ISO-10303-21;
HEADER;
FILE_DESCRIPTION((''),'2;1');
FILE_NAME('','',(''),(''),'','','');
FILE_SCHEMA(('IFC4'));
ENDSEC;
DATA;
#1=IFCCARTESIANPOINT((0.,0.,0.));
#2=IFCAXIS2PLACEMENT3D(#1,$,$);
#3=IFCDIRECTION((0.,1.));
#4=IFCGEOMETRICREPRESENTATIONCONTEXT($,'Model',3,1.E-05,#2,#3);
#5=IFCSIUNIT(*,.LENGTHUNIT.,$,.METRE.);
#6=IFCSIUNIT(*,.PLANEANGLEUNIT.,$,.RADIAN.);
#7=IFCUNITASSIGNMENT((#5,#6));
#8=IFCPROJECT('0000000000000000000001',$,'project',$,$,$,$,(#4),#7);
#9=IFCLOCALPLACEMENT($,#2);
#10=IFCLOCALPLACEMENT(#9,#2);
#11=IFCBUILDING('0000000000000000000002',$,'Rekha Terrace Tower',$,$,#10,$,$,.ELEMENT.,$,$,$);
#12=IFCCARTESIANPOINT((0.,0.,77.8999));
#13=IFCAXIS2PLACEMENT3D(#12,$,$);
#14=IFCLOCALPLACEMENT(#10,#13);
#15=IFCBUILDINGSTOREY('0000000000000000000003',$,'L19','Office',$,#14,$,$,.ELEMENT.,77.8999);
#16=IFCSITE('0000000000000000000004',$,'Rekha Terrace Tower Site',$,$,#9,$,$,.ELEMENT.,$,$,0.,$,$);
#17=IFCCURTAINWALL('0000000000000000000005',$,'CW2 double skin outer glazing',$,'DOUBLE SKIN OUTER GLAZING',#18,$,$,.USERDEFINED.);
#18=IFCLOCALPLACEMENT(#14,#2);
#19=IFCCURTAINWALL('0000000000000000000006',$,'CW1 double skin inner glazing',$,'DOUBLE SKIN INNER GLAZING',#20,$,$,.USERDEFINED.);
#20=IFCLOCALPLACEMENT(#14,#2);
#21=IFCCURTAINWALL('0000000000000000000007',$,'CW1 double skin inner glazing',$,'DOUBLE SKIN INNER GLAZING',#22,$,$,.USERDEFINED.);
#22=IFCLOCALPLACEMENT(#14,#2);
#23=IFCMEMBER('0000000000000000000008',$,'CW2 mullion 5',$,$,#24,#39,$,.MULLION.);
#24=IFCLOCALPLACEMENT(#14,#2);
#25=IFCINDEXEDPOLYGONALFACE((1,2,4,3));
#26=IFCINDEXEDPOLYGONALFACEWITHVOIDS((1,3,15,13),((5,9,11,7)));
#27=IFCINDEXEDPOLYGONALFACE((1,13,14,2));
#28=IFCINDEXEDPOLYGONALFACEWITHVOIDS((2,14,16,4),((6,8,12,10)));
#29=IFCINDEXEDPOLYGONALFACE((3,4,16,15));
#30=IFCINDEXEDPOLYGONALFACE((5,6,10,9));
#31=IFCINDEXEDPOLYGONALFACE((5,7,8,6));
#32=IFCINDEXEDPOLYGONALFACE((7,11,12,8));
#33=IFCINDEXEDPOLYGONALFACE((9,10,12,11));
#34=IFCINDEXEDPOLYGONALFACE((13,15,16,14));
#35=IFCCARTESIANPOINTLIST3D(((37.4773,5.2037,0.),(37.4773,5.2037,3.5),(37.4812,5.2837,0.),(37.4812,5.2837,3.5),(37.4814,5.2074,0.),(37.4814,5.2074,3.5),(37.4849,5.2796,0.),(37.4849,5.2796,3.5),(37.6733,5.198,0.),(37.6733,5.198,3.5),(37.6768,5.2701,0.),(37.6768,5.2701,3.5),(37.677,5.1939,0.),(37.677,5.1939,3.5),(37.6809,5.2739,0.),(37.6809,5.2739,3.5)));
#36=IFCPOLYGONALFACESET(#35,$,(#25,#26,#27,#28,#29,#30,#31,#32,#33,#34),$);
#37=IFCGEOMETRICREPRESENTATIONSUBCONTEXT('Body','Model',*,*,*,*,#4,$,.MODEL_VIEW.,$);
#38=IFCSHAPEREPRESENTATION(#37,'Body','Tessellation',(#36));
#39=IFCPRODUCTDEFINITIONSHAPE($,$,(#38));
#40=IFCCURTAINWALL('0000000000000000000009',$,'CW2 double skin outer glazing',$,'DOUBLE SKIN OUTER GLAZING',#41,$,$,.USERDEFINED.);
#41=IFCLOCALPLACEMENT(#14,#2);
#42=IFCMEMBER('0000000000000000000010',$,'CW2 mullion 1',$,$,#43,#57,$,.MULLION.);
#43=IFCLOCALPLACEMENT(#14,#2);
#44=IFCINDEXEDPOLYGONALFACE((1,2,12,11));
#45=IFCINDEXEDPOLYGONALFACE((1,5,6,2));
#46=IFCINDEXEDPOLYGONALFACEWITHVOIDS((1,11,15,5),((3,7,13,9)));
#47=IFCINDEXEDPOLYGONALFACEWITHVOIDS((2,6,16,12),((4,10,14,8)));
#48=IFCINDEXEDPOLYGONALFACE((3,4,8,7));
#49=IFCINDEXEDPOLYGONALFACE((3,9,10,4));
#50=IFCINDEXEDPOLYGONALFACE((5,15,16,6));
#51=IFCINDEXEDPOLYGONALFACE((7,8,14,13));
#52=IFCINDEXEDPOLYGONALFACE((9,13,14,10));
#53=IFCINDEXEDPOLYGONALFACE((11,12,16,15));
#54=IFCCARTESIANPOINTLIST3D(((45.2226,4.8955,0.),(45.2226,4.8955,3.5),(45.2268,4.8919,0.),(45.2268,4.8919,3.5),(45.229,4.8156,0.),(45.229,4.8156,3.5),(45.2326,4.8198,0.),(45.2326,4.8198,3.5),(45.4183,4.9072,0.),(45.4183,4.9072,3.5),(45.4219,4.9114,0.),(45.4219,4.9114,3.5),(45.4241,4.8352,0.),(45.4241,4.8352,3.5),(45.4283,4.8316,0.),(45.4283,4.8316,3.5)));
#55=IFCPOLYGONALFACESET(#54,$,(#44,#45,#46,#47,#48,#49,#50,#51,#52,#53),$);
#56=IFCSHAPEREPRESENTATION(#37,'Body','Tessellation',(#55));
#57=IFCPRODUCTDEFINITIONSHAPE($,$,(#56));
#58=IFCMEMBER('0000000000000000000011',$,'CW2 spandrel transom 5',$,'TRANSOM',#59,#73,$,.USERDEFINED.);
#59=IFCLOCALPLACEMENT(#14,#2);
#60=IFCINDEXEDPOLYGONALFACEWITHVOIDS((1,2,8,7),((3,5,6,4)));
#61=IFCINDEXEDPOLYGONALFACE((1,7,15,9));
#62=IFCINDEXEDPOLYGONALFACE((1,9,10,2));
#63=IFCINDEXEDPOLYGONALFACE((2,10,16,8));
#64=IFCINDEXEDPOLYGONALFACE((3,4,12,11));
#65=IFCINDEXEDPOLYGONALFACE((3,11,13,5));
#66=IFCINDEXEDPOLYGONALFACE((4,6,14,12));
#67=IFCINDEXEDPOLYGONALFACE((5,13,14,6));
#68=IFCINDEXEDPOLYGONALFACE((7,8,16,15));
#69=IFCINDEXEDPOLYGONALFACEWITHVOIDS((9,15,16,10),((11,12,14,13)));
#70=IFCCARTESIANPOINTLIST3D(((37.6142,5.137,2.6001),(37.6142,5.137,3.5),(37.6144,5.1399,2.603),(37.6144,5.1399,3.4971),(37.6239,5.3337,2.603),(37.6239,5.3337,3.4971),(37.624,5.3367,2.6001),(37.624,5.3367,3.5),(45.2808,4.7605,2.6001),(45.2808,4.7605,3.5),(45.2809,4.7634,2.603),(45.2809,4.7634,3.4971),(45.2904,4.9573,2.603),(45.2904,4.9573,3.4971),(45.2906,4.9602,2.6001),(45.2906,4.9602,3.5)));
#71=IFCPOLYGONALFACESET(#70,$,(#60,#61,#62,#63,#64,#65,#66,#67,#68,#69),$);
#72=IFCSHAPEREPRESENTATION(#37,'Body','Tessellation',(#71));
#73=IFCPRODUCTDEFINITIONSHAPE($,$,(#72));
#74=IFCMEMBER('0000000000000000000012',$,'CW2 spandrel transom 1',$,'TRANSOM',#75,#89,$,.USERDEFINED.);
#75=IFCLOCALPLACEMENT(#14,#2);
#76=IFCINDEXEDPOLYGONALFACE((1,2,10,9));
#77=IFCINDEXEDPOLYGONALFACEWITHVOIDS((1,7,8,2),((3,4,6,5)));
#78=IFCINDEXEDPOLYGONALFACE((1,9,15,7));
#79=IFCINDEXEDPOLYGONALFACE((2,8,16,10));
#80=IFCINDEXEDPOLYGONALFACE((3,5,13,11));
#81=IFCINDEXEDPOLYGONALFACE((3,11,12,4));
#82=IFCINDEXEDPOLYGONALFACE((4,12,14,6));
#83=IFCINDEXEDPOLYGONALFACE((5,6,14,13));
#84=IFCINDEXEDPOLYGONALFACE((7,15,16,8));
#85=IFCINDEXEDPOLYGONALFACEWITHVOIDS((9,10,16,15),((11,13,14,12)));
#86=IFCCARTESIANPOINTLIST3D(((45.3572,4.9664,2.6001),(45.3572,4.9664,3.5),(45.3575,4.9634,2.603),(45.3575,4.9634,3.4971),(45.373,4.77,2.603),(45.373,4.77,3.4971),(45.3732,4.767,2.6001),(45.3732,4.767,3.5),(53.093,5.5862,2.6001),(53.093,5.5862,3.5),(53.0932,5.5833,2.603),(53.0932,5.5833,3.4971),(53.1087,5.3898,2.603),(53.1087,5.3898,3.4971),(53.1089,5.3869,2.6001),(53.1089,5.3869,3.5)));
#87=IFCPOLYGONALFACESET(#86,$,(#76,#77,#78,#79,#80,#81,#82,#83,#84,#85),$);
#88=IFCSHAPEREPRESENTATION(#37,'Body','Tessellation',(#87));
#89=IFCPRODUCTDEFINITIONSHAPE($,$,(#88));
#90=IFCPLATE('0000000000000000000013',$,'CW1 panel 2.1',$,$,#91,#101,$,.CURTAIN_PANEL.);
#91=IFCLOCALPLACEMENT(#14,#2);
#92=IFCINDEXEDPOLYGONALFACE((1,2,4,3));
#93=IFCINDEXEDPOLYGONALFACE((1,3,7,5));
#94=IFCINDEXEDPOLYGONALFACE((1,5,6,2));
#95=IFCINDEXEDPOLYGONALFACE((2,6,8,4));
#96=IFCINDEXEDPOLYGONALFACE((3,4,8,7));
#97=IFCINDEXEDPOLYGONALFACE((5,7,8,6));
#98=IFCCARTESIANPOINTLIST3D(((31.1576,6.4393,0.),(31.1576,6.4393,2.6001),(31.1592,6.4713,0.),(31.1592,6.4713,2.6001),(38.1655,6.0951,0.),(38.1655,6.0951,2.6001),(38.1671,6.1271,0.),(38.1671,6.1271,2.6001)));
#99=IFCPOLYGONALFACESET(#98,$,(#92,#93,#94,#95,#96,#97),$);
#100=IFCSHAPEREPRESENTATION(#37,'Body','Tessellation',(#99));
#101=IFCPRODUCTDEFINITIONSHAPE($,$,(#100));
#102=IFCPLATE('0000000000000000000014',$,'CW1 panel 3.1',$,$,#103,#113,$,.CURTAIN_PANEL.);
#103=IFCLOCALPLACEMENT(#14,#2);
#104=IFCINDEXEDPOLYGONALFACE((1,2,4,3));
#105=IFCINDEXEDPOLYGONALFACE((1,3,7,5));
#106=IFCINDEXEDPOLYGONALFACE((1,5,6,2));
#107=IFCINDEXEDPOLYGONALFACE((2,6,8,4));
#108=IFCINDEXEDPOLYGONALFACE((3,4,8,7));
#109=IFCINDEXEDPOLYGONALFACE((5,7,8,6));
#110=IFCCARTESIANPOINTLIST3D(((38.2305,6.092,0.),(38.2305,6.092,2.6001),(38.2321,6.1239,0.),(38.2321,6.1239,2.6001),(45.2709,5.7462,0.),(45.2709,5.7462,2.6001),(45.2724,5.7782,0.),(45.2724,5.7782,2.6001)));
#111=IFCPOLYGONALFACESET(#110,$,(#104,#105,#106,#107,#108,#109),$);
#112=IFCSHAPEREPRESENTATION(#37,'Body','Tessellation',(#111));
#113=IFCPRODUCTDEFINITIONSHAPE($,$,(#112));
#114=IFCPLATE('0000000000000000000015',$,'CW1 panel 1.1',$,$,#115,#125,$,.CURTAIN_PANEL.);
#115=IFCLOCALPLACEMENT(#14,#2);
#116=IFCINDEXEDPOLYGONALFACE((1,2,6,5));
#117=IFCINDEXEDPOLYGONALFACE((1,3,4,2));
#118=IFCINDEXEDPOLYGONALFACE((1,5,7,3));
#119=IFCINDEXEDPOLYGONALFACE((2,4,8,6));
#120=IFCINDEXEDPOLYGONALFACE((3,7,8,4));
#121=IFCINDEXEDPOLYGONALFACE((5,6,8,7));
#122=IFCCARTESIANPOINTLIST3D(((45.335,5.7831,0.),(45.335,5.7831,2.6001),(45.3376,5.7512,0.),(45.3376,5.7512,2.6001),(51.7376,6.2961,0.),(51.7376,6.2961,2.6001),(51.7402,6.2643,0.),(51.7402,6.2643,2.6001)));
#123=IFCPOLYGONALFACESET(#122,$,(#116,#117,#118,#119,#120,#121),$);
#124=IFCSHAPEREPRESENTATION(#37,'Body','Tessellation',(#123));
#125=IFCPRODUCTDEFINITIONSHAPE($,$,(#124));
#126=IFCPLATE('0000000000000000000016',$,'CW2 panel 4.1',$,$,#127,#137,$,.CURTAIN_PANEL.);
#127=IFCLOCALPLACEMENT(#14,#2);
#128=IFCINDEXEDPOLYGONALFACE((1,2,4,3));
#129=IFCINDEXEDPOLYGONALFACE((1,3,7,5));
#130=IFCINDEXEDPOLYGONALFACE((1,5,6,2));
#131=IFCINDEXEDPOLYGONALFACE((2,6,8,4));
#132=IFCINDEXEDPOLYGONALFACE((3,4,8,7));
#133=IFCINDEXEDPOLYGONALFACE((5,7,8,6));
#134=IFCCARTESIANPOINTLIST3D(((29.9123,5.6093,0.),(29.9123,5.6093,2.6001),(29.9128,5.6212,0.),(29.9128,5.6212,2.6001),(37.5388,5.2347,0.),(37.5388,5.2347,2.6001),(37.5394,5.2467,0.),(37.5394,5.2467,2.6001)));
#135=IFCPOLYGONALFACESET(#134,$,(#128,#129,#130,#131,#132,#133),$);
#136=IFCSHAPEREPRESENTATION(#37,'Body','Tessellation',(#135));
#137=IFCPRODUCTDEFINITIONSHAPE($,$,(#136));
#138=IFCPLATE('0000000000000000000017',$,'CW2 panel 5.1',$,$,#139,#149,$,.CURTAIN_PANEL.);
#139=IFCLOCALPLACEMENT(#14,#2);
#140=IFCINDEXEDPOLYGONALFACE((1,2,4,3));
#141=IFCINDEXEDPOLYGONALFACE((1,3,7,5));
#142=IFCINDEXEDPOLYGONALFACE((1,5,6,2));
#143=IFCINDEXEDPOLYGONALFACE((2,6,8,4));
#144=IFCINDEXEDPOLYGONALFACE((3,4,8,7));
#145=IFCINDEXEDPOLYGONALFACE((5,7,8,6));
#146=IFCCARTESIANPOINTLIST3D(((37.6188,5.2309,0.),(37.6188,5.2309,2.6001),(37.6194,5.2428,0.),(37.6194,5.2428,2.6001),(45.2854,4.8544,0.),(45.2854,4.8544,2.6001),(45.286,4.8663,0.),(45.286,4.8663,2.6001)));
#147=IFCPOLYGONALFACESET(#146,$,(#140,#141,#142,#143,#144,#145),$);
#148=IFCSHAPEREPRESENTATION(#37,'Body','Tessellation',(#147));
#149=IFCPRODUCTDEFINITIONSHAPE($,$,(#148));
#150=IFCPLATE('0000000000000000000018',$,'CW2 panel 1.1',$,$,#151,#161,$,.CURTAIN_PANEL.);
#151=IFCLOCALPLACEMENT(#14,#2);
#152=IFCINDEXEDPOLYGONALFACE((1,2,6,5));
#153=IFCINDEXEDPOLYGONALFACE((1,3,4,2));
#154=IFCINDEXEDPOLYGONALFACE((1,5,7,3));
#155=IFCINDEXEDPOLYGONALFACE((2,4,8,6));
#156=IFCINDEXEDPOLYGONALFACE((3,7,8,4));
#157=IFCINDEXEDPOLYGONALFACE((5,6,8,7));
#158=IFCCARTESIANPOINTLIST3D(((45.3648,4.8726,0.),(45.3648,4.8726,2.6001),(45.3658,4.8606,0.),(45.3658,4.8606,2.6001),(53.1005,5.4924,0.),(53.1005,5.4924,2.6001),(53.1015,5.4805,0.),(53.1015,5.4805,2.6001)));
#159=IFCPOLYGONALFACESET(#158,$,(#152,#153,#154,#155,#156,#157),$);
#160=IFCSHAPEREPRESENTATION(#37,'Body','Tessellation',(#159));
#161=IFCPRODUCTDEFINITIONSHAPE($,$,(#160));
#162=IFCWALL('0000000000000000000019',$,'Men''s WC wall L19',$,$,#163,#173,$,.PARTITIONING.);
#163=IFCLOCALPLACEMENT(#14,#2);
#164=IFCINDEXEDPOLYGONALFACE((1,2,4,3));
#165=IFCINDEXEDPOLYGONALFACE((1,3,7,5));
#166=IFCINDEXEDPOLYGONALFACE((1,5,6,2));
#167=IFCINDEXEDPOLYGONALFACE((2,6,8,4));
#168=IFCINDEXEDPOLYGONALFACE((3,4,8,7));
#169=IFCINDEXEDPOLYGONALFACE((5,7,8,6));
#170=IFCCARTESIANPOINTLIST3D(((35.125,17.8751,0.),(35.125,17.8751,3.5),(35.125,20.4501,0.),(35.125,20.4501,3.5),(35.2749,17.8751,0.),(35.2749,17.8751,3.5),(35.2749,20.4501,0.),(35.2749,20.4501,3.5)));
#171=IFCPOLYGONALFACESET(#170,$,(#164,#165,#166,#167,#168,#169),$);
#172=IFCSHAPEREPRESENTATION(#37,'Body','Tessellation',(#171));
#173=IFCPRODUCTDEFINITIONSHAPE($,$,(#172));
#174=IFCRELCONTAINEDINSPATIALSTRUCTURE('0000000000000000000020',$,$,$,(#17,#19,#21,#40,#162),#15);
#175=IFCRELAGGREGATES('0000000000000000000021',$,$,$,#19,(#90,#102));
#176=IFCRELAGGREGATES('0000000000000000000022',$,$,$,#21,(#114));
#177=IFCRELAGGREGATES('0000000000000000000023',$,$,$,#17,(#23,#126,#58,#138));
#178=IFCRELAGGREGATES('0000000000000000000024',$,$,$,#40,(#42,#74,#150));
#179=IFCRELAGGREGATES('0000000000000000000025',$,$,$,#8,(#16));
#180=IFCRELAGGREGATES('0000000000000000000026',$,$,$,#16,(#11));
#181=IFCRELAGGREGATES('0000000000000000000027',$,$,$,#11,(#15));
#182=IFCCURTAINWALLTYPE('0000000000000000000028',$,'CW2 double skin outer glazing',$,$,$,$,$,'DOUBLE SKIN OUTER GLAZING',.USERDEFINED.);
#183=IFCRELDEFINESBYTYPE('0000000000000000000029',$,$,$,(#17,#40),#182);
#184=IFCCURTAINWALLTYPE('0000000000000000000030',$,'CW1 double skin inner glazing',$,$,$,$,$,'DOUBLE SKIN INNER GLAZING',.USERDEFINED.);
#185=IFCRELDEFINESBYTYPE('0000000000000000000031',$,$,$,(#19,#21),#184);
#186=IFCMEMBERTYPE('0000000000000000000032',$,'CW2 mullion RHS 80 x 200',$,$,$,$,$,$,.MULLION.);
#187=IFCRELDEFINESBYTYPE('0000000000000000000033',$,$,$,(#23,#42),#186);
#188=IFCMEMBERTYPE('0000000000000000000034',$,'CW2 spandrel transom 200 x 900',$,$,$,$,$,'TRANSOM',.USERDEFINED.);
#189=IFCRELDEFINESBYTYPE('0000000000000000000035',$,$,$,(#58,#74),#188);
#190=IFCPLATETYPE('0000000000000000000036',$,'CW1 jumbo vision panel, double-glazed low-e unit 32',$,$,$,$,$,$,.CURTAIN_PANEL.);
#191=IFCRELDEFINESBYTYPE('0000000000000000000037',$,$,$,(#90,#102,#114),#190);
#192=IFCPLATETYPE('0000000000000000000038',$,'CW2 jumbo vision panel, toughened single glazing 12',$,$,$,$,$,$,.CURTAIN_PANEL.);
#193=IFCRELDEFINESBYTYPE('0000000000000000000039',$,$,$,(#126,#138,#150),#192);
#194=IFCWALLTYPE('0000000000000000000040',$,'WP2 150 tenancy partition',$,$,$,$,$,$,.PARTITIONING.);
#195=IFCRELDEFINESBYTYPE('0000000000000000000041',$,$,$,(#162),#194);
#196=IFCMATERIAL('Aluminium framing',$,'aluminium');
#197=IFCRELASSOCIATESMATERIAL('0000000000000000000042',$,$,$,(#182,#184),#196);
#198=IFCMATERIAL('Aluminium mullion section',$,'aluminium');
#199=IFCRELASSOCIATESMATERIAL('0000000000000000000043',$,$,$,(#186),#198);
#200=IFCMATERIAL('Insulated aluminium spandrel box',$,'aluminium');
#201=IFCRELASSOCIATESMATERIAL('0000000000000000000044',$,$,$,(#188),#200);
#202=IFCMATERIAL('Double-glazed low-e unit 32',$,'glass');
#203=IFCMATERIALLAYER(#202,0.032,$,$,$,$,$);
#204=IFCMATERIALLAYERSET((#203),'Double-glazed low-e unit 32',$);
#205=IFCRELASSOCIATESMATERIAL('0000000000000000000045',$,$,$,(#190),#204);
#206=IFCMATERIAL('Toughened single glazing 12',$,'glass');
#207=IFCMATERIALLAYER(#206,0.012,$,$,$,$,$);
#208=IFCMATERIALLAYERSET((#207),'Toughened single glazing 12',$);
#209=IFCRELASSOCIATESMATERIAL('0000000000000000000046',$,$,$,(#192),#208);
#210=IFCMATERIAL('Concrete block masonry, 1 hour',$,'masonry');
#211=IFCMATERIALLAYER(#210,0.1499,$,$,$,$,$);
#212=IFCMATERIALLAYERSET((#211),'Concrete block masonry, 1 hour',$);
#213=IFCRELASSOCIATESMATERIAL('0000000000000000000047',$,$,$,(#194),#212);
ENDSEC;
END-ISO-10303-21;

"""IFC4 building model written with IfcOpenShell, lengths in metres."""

from ifc_helpers import new_model, si_unit, direction, frame, frame_2d, origin, origin_2d, place, context, subcontext, project, spatial, rectangle, hollow_rectangle, extrude, material, layer, layer_set, material_profile, profile_set, type_object, element, aggregate, save


model = new_model("IFC4")

# Units and contexts
model_context = context("Model", 3, precision=1e-05, world=origin(), true_north=direction((0.0, 1.0)))
body_context = subcontext(model_context, "Body", "Model", "MODEL_VIEW")
ifc_project = project(units=[si_unit("LENGTHUNIT", "METRE"), si_unit("PLANEANGLEUNIT", "RADIAN")], contexts=[model_context])

# Site, building, storey
site_placement = place(None, origin())
site = spatial("IfcSite", under=ifc_project, at=site_placement, Name="Rekha Terrace Tower Site", CompositionType="ELEMENT", RefElevation=0.0)
building_placement = place(site_placement, origin())
building = spatial("IfcBuilding", under=site, at=building_placement, Name="Rekha Terrace Tower", CompositionType="ELEMENT")
storey_placement = place(building_placement, frame((0.0, 0.0, 77.8999)))
storey = spatial("IfcBuildingStorey", under=building, at=storey_placement, Name="L19", Description="Office", CompositionType="ELEMENT", Elevation=77.8999)

# Curtain walls
ifc_material_1 = material(Name="Aluminium framing", Category="aluminium")
curtain_wall_type_1 = type_object("IfcCurtainWallType", Name="CW2 double skin outer glazing", ElementType="DOUBLE SKIN OUTER GLAZING", PredefinedType="USERDEFINED", material=ifc_material_1)
curtain_wall_1_placement = place(storey_placement, origin())
curtain_wall_1 = element("IfcCurtainWall", 1, at=curtain_wall_1_placement, inside=storey, type_object=curtain_wall_type_1, Name="CW2 double skin outer glazing", ObjectType="DOUBLE SKIN OUTER GLAZING", PredefinedType="USERDEFINED")
curtain_wall_type_2 = type_object("IfcCurtainWallType", Name="CW1 double skin inner glazing", ElementType="DOUBLE SKIN INNER GLAZING", PredefinedType="USERDEFINED", material=ifc_material_1)
curtain_wall_2_placement = place(storey_placement, origin())
curtain_wall_2 = element("IfcCurtainWall", 2, at=curtain_wall_2_placement, inside=storey, type_object=curtain_wall_type_2, Name="CW1 double skin inner glazing", ObjectType="DOUBLE SKIN INNER GLAZING", PredefinedType="USERDEFINED")
ifc_material_2 = material(Name="Aluminium mullion section", Category="aluminium")

# Curtain wall
curtain_wall_3_placement = place(storey_placement, origin())
curtain_wall_3 = element("IfcCurtainWall", 3, at=curtain_wall_3_placement, inside=storey, type_object=curtain_wall_type_2, Name="CW1 double skin inner glazing", ObjectType="DOUBLE SKIN INNER GLAZING", PredefinedType="USERDEFINED")

# Member
ifc_material_3 = material(Name="Insulated aluminium spandrel box", Category="aluminium")
ifc_material_profile_1 = material_profile(ifc_material_2, hollow_rectangle(XDim=0.0801, YDim=0.2, WallThickness=0.0039, at=origin_2d()), Name="AL RHS 80x200")
ifc_profile_set_1 = profile_set([ifc_material_profile_1], Name="Aluminium mullion section")
member_type_1 = type_object("IfcMemberType", Name="CW2 mullion RHS 80 x 200", PredefinedType="MULLION", material=ifc_profile_set_1)
member_1_placement = place(storey_placement, frame((37.5791, 5.2388, 0.0), z_axis=(0.0, 0.0, 1.0), x_axis=(0.049052, 0.998796, 0.0)))
member_1 = element("IfcMember", 4, at=member_1_placement, type_object=member_type_1, Name="CW2 mullion 5", PredefinedType="MULLION", context=body_context, shape_type="SweptSolid", body=[
    extrude(hollow_rectangle(XDim=0.0801, YDim=0.2, WallThickness=0.0039, at=origin_2d()), origin(), (0.0, 0.0, 1.0), 3.5),
])

# Curtain wall, member
curtain_wall_4_placement = place(storey_placement, origin())
curtain_wall_4 = element("IfcCurtainWall", 5, at=curtain_wall_4_placement, inside=storey, type_object=curtain_wall_type_1, Name="CW2 double skin outer glazing", ObjectType="DOUBLE SKIN OUTER GLAZING", PredefinedType="USERDEFINED")
member_2_placement = place(storey_placement, frame((45.3254, 4.8635, 0.0), z_axis=(0.0, 0.0, 1.0), x_axis=(-0.079872, 0.996805, 0.0)))
member_2 = element("IfcMember", 6, at=member_2_placement, type_object=member_type_1, Name="CW2 mullion 1", PredefinedType="MULLION", context=body_context, shape_type="SweptSolid", body=[
    extrude(hollow_rectangle(XDim=0.0801, YDim=0.2, WallThickness=0.0039, at=origin_2d()), origin(), (0.0, 0.0, 1.0), 3.5),
])

# Members
ifc_material_profile_2 = material_profile(ifc_material_3, hollow_rectangle(XDim=0.2, YDim=0.8999, WallThickness=0.0029, at=origin_2d()), Name="AL SPANDREL BOX 200x900")
ifc_profile_set_2 = profile_set([ifc_material_profile_2], Name="Insulated aluminium spandrel box")
member_type_2 = type_object("IfcMemberType", Name="CW2 spandrel transom 200 x 900", ElementType="TRANSOM", PredefinedType="USERDEFINED", material=ifc_profile_set_2)
member_3_placement = place(storey_placement, frame((37.6191, 5.2368, 3.05), z_axis=(0.998797, -0.049046, 0.0), x_axis=(0.049046, 0.998797, 0.0)))
member_3 = element("IfcMember", 7, at=member_3_placement, type_object=member_type_2, Name="CW2 spandrel transom 5", ObjectType="TRANSOM", PredefinedType="USERDEFINED", context=body_context, shape_type="SweptSolid", body=[
    extrude(hollow_rectangle(XDim=0.2, YDim=0.8999, WallThickness=0.0029, at=origin_2d()), origin(), (0.0, 0.0, 1.0), 7.6758),
])
member_4_placement = place(storey_placement, frame((45.3652, 4.8667, 3.05), z_axis=(0.996805, 0.079877, 0.0), x_axis=(-0.079877, 0.996805, 0.0)))
member_4 = element("IfcMember", 8, at=member_4_placement, type_object=member_type_2, Name="CW2 spandrel transom 1", ObjectType="TRANSOM", PredefinedType="USERDEFINED", context=body_context, shape_type="SweptSolid", body=[
    extrude(hollow_rectangle(XDim=0.2, YDim=0.8999, WallThickness=0.0029, at=origin_2d()), origin(), (0.0, 0.0, 1.0), 7.7605),
])

# Plates
ifc_material_4 = material(Name="Double-glazed low-e unit 32", Category="glass")
ifc_layer_1 = layer(ifc_material_4, 0.032)
ifc_layer_set_1 = layer_set([ifc_layer_1], Name="Double-glazed low-e unit 32")
plate_type_1 = type_object("IfcPlateType", Name="CW1 jumbo vision panel, double-glazed low-e unit 32", PredefinedType="CURTAIN_PANEL", material=ifc_layer_set_1)
plate_1_placement = place(storey_placement, frame((34.6624, 6.2832, 0.0), z_axis=(0.0, 0.0, 1.0), x_axis=(0.998796, -0.049052, 0.0)))
plate_1 = element("IfcPlate", 9, at=plate_1_placement, type_object=plate_type_1, Name="CW1 panel 2.1", PredefinedType="CURTAIN_PANEL", context=body_context, shape_type="SweptSolid", body=[
    extrude(rectangle(XDim=7.0164, YDim=0.032, at=origin_2d()), origin(), (0.0, 0.0, 1.0), 2.6001),
])
plate_2_placement = place(storey_placement, frame((41.7515, 5.9351, 0.0), z_axis=(0.0, 0.0, 1.0), x_axis=(0.998796, -0.049052, 0.0)))
plate_2 = element("IfcPlate", 10, at=plate_2_placement, type_object=plate_type_1, Name="CW1 panel 3.1", PredefinedType="CURTAIN_PANEL", context=body_context, shape_type="SweptSolid", body=[
    extrude(rectangle(XDim=7.0488, YDim=0.032, at=origin_2d()), origin(), (0.0, 0.0, 1.0), 2.6001),
])
aggregate(curtain_wall_2, [plate_1, plate_2])
plate_3_placement = place(storey_placement, frame((48.5376, 6.0237, 0.0), z_axis=(0.0, 0.0, 1.0), x_axis=(0.996805, 0.079872, 0.0)))
plate_3 = element("IfcPlate", 11, at=plate_3_placement, type_object=plate_type_1, Name="CW1 panel 1.1", PredefinedType="CURTAIN_PANEL", context=body_context, shape_type="SweptSolid", body=[
    extrude(rectangle(XDim=6.4231, YDim=0.032, at=origin_2d()), origin(), (0.0, 0.0, 1.0), 2.6001),
])
aggregate(curtain_wall_3, [plate_3])
ifc_material_5 = material(Name="Toughened single glazing 12", Category="glass")
ifc_layer_2 = layer(ifc_material_5, 0.012)
ifc_layer_set_2 = layer_set([ifc_layer_2], Name="Toughened single glazing 12")
plate_type_2 = type_object("IfcPlateType", Name="CW2 jumbo vision panel, toughened single glazing 12", PredefinedType="CURTAIN_PANEL", material=ifc_layer_set_2)
plate_4_placement = place(storey_placement, frame((33.7258, 5.428, 0.0), z_axis=(0.0, 0.0, 1.0), x_axis=(0.998796, -0.049052, 0.0)))
plate_4 = element("IfcPlate", 12, at=plate_4_placement, type_object=plate_type_2, Name="CW2 panel 4.1", PredefinedType="CURTAIN_PANEL", context=body_context, shape_type="SweptSolid", body=[
    extrude(rectangle(XDim=7.6357, YDim=0.012, at=origin_2d()), origin(), (0.0, 0.0, 1.0), 2.6001),
])
plate_5_placement = place(storey_placement, frame((41.4524, 5.0486, 0.0), z_axis=(0.0, 0.0, 1.0), x_axis=(0.998796, -0.049052, 0.0)))
plate_5 = element("IfcPlate", 13, at=plate_5_placement, type_object=plate_type_2, Name="CW2 panel 5.1", PredefinedType="CURTAIN_PANEL", context=body_context, shape_type="SweptSolid", body=[
    extrude(rectangle(XDim=7.6758, YDim=0.012, at=origin_2d()), origin(), (0.0, 0.0, 1.0), 2.6001),
])
aggregate(curtain_wall_1, [member_1, plate_4, member_3, plate_5])
plate_6_placement = place(storey_placement, frame((49.2332, 5.1765, 0.0), z_axis=(0.0, 0.0, 1.0), x_axis=(0.996805, 0.079872, 0.0)))
plate_6 = element("IfcPlate", 14, at=plate_6_placement, type_object=plate_type_2, Name="CW2 panel 1.1", PredefinedType="CURTAIN_PANEL", context=body_context, shape_type="SweptSolid", body=[
    extrude(rectangle(XDim=7.7605, YDim=0.012, at=origin_2d()), origin(), (0.0, 0.0, 1.0), 2.6001),
])
aggregate(curtain_wall_4, [member_2, member_4, plate_6])

# Wall
ifc_material_6 = material(Name="Concrete block masonry, 1 hour", Category="masonry")
ifc_layer_3 = layer(ifc_material_6, 0.1499)
ifc_layer_set_3 = layer_set([ifc_layer_3], Name="Concrete block masonry, 1 hour")
wall_type = type_object("IfcWallType", Name="WP2 150 tenancy partition", PredefinedType="PARTITIONING", material=ifc_layer_set_3)
wall_1_placement = place(storey_placement, frame((35.2, 17.875, 0.0), z_axis=(0.0, 0.0, 1.0), x_axis=(0.0, 1.0, 0.0)))
element("IfcWall", 15, at=wall_1_placement, inside=storey, type_object=wall_type, Name="Men's WC wall L19", PredefinedType="PARTITIONING", context=body_context, shape_type="SweptSolid", body=[
    extrude(rectangle(XDim=2.575, YDim=0.1499, at=frame_2d((1.2876, 0.0))), origin(), (0.0, 0.0, 1.0), 3.5),
])

save(model, "model.ifc")
